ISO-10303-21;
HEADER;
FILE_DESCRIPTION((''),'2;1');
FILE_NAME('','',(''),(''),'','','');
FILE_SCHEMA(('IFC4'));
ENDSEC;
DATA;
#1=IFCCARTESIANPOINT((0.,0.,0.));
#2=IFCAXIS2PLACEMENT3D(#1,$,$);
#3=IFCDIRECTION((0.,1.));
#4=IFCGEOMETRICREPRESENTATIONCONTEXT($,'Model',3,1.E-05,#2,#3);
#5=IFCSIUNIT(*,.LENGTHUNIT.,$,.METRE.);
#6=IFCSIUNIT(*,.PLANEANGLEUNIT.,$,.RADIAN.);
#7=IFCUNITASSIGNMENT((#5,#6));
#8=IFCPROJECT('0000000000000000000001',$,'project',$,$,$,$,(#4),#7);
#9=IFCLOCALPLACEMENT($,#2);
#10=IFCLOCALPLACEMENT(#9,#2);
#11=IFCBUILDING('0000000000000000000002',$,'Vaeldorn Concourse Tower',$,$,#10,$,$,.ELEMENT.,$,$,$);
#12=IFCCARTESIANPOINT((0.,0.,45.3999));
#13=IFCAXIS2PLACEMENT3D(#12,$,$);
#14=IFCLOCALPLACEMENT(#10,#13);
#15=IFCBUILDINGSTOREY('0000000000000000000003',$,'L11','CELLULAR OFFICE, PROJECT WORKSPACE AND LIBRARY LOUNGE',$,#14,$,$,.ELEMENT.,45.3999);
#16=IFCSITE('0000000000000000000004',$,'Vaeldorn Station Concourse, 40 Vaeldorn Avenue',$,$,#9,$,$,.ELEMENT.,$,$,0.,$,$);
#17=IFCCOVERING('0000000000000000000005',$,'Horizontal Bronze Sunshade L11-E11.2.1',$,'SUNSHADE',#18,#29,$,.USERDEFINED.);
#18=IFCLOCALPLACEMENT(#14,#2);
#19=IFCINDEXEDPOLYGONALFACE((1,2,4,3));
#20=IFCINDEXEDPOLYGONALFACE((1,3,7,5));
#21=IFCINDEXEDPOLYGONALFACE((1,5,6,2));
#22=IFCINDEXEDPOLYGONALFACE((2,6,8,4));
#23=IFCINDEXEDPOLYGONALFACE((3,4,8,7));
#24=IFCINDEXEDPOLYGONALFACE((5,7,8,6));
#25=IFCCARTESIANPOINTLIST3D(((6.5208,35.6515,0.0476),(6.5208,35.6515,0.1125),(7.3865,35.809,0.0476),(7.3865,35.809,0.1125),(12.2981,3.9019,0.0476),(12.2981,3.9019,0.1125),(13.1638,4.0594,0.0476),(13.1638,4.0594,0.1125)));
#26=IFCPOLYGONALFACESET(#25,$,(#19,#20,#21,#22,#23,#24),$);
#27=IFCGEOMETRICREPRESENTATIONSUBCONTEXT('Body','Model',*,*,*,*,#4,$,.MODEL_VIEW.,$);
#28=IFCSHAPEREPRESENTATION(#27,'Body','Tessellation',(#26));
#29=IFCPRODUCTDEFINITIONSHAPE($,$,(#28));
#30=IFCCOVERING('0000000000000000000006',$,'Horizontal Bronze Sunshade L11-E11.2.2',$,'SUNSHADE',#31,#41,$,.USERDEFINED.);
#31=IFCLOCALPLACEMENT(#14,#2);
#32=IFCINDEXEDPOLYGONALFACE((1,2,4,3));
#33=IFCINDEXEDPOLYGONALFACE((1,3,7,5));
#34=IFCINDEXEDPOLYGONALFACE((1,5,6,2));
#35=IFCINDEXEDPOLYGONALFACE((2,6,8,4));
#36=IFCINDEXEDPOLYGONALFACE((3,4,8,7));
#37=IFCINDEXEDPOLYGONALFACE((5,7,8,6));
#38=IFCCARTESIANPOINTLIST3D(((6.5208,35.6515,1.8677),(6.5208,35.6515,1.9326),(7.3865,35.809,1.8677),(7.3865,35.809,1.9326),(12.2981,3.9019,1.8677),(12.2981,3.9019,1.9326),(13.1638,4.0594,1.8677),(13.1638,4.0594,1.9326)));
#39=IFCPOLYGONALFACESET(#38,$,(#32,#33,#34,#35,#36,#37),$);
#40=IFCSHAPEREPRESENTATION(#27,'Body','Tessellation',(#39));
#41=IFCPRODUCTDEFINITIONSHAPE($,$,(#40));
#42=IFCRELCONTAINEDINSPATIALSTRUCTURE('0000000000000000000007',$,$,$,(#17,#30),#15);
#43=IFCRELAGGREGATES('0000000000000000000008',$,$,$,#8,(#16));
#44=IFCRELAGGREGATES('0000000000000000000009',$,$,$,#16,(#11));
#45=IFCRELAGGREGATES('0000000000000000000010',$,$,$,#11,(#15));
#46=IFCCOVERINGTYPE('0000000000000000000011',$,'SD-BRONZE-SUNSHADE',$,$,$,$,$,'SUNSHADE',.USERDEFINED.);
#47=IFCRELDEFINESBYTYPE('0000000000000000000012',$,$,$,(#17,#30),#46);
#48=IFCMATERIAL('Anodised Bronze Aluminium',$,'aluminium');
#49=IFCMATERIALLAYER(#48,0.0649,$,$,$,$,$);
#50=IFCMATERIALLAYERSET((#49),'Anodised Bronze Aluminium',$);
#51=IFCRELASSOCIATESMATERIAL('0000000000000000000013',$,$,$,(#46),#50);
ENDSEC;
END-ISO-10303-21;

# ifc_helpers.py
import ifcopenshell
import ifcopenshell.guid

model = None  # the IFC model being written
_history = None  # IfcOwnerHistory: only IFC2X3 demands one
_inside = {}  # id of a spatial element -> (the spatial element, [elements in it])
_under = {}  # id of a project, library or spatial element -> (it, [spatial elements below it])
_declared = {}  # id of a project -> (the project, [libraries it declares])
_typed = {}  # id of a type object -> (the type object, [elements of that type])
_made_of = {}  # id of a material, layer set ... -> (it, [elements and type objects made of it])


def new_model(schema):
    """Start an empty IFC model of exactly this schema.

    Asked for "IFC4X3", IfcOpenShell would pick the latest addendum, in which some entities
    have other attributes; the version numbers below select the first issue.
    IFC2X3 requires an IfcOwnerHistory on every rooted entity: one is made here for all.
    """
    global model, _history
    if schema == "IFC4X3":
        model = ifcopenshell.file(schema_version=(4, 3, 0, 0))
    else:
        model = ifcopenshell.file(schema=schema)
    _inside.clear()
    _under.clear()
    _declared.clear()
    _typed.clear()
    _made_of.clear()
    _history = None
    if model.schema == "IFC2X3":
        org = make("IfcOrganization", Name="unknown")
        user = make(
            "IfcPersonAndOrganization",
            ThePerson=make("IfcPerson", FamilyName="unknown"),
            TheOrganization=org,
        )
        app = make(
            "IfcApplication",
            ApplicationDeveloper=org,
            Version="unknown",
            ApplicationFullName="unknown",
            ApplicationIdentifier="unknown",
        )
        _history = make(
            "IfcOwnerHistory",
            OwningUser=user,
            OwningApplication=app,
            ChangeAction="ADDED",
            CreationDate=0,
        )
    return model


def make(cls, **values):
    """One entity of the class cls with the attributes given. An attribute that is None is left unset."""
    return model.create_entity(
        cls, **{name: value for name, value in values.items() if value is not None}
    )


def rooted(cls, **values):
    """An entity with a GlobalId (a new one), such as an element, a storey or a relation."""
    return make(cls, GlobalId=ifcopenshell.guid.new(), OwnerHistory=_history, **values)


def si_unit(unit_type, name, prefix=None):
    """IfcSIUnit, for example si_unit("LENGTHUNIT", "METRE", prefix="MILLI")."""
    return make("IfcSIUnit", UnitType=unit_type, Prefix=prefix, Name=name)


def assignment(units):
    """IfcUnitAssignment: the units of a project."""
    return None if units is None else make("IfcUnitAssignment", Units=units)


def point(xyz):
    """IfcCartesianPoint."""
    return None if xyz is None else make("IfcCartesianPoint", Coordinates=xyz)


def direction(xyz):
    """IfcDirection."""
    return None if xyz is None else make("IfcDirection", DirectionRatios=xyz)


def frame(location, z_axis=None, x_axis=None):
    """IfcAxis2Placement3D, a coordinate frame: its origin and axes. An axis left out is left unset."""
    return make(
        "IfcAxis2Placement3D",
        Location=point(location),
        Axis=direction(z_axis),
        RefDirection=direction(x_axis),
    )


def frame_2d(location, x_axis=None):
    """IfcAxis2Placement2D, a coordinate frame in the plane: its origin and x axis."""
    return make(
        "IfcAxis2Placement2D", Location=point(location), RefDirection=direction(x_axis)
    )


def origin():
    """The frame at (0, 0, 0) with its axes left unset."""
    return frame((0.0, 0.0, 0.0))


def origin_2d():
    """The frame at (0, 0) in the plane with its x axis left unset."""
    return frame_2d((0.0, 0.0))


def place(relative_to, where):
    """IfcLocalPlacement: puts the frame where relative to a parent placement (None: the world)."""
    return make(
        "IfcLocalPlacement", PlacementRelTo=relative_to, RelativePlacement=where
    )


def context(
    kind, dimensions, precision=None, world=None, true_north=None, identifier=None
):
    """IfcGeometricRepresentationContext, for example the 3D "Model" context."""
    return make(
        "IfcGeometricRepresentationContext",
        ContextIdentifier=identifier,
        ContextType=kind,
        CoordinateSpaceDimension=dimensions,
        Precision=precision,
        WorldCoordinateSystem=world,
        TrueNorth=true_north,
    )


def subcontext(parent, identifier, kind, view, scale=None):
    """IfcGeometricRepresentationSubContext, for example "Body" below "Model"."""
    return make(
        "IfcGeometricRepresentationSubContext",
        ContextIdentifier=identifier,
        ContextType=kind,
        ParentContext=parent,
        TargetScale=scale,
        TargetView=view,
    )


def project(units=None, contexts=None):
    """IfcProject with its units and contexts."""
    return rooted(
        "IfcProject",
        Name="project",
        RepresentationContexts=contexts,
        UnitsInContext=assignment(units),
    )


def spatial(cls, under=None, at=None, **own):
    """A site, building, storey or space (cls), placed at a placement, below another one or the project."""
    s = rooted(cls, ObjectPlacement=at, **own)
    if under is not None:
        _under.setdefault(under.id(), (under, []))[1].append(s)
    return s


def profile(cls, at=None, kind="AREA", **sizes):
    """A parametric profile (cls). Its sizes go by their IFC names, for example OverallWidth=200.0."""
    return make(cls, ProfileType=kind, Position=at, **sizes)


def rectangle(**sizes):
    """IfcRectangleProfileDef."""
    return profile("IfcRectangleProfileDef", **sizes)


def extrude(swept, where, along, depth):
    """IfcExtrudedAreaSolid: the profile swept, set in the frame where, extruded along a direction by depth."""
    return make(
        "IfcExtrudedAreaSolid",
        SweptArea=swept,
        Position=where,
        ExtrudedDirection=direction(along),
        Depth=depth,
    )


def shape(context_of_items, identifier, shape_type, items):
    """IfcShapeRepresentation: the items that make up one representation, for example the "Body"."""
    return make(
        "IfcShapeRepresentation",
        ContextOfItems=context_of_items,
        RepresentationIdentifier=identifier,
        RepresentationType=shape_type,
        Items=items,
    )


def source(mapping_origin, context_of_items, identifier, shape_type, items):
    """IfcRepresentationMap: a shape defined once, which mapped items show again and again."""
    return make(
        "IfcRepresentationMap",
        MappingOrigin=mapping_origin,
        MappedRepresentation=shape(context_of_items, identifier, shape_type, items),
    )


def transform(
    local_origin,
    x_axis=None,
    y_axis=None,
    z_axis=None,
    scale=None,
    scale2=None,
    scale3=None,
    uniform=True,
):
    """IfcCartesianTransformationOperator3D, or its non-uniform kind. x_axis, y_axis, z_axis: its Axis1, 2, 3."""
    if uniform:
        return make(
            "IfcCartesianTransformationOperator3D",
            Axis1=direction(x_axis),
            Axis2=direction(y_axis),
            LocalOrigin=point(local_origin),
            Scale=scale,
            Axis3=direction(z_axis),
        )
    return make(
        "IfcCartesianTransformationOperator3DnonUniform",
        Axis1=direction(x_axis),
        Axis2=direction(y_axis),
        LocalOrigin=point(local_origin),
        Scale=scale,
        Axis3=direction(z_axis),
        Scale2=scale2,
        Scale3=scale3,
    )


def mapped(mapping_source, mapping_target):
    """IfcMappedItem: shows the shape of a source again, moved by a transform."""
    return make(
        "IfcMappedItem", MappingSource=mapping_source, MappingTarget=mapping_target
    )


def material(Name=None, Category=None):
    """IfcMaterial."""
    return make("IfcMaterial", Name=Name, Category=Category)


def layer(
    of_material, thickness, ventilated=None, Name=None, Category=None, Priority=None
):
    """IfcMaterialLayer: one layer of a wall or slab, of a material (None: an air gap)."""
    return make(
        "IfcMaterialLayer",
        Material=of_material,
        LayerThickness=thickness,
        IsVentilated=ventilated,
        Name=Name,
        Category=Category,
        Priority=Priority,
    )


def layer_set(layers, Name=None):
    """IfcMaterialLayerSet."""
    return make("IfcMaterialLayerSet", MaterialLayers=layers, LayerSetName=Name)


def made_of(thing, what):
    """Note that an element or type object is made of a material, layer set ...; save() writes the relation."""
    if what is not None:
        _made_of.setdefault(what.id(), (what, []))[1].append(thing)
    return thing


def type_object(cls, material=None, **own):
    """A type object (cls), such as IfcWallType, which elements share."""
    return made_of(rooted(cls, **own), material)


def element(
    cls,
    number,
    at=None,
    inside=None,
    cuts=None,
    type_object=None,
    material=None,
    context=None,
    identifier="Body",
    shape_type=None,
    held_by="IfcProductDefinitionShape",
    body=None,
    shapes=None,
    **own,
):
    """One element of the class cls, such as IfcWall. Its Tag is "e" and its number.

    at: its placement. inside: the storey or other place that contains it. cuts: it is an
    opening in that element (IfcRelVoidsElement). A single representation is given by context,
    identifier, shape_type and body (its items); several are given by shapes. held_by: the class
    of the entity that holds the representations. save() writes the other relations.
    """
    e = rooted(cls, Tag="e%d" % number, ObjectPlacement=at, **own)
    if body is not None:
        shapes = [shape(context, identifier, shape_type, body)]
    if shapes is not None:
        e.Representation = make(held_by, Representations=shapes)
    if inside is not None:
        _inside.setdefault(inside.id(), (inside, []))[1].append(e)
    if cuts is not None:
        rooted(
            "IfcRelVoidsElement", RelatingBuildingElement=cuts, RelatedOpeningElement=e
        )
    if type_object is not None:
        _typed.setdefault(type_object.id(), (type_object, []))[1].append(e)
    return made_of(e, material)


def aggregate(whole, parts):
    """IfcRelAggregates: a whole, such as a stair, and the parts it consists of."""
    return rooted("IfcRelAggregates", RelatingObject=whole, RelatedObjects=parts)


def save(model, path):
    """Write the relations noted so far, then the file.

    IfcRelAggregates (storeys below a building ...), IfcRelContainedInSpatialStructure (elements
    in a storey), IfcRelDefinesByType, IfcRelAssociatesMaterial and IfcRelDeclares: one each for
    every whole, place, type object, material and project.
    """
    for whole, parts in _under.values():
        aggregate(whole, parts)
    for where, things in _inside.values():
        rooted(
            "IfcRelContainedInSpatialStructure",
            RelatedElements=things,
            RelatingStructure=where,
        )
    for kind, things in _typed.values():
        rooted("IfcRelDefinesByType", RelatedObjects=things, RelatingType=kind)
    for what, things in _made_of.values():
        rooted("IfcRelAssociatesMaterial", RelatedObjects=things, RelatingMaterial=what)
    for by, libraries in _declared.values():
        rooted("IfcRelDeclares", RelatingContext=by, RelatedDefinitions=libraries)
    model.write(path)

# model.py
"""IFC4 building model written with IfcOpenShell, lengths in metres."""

from ifc_helpers import new_model, si_unit, direction, frame, origin, origin_2d, place, context, subcontext, project, spatial, rectangle, extrude, source, transform, mapped, material, layer, layer_set, type_object, element, save


model = new_model("IFC4")

# Units and contexts
model_context = context("Model", 3, precision=1e-05, world=origin(), true_north=direction((0.0, 1.0)))
body_context = subcontext(model_context, "Body", "Model", "MODEL_VIEW")
ifc_project = project(units=[si_unit("LENGTHUNIT", "METRE"), si_unit("PLANEANGLEUNIT", "RADIAN")], contexts=[model_context])

# Site, building, storey
site_placement = place(None, origin())
site = spatial("IfcSite", under=ifc_project, at=site_placement, Name="Vaeldorn Station Concourse, 40 Vaeldorn Avenue", CompositionType="ELEMENT", RefElevation=0.0)
building_placement = place(site_placement, origin())
building = spatial("IfcBuilding", under=site, at=building_placement, Name="Vaeldorn Concourse Tower", CompositionType="ELEMENT")
storey_placement = place(building_placement, frame((0.0, 0.0, 45.3999)))
storey = spatial("IfcBuildingStorey", under=building, at=storey_placement, Name="L11", Description="CELLULAR OFFICE, PROJECT WORKSPACE AND LIBRARY LOUNGE", CompositionType="ELEMENT", Elevation=45.3999)

# Shared definitions
ifc_material_1 = material(Name="Anodised Bronze Aluminium", Category="aluminium")

# Coverings
ifc_layer_1 = layer(ifc_material_1, 0.0649)
ifc_layer_set_1 = layer_set([ifc_layer_1], Name="Anodised Bronze Aluminium")
covering_type = type_object("IfcCoveringType", Name="SD-BRONZE-SUNSHADE", ElementType="SUNSHADE", PredefinedType="USERDEFINED", material=ifc_layer_set_1)
shared_shape_1 = source(origin(), body_context, "Body", "SweptSolid", [
    extrude(rectangle(XDim=32.271, YDim=0.8799, at=origin_2d()), origin(), (0.0, 0.0, 1.0), 0.0649),
])
for number, where, z_axis, x_axis, name in (
    (1, (9.8423, 19.8555, 0.0476), (0.0, 0.0, 1.0), (0.179025, -0.983844, 0.0), "Horizontal Bronze Sunshade L11-E11.2.1"),
    (2, (9.8423, 19.8555, 1.8677), (0.0, 0.0, 1.0), (0.179025, -0.983844, 0.0), "Horizontal Bronze Sunshade L11-E11.2.2"),
):
    element("IfcCovering", number, at=place(storey_placement, frame(where, z_axis=z_axis, x_axis=x_axis)), inside=storey, type_object=covering_type, Name=name, ObjectType="SUNSHADE", PredefinedType="USERDEFINED", context=body_context, shape_type="MappedRepresentation", body=[
        mapped(shared_shape_1, transform((0.0, 0.0, 0.0), scale=1.0)),
    ])

save(model, "model.ifc")
